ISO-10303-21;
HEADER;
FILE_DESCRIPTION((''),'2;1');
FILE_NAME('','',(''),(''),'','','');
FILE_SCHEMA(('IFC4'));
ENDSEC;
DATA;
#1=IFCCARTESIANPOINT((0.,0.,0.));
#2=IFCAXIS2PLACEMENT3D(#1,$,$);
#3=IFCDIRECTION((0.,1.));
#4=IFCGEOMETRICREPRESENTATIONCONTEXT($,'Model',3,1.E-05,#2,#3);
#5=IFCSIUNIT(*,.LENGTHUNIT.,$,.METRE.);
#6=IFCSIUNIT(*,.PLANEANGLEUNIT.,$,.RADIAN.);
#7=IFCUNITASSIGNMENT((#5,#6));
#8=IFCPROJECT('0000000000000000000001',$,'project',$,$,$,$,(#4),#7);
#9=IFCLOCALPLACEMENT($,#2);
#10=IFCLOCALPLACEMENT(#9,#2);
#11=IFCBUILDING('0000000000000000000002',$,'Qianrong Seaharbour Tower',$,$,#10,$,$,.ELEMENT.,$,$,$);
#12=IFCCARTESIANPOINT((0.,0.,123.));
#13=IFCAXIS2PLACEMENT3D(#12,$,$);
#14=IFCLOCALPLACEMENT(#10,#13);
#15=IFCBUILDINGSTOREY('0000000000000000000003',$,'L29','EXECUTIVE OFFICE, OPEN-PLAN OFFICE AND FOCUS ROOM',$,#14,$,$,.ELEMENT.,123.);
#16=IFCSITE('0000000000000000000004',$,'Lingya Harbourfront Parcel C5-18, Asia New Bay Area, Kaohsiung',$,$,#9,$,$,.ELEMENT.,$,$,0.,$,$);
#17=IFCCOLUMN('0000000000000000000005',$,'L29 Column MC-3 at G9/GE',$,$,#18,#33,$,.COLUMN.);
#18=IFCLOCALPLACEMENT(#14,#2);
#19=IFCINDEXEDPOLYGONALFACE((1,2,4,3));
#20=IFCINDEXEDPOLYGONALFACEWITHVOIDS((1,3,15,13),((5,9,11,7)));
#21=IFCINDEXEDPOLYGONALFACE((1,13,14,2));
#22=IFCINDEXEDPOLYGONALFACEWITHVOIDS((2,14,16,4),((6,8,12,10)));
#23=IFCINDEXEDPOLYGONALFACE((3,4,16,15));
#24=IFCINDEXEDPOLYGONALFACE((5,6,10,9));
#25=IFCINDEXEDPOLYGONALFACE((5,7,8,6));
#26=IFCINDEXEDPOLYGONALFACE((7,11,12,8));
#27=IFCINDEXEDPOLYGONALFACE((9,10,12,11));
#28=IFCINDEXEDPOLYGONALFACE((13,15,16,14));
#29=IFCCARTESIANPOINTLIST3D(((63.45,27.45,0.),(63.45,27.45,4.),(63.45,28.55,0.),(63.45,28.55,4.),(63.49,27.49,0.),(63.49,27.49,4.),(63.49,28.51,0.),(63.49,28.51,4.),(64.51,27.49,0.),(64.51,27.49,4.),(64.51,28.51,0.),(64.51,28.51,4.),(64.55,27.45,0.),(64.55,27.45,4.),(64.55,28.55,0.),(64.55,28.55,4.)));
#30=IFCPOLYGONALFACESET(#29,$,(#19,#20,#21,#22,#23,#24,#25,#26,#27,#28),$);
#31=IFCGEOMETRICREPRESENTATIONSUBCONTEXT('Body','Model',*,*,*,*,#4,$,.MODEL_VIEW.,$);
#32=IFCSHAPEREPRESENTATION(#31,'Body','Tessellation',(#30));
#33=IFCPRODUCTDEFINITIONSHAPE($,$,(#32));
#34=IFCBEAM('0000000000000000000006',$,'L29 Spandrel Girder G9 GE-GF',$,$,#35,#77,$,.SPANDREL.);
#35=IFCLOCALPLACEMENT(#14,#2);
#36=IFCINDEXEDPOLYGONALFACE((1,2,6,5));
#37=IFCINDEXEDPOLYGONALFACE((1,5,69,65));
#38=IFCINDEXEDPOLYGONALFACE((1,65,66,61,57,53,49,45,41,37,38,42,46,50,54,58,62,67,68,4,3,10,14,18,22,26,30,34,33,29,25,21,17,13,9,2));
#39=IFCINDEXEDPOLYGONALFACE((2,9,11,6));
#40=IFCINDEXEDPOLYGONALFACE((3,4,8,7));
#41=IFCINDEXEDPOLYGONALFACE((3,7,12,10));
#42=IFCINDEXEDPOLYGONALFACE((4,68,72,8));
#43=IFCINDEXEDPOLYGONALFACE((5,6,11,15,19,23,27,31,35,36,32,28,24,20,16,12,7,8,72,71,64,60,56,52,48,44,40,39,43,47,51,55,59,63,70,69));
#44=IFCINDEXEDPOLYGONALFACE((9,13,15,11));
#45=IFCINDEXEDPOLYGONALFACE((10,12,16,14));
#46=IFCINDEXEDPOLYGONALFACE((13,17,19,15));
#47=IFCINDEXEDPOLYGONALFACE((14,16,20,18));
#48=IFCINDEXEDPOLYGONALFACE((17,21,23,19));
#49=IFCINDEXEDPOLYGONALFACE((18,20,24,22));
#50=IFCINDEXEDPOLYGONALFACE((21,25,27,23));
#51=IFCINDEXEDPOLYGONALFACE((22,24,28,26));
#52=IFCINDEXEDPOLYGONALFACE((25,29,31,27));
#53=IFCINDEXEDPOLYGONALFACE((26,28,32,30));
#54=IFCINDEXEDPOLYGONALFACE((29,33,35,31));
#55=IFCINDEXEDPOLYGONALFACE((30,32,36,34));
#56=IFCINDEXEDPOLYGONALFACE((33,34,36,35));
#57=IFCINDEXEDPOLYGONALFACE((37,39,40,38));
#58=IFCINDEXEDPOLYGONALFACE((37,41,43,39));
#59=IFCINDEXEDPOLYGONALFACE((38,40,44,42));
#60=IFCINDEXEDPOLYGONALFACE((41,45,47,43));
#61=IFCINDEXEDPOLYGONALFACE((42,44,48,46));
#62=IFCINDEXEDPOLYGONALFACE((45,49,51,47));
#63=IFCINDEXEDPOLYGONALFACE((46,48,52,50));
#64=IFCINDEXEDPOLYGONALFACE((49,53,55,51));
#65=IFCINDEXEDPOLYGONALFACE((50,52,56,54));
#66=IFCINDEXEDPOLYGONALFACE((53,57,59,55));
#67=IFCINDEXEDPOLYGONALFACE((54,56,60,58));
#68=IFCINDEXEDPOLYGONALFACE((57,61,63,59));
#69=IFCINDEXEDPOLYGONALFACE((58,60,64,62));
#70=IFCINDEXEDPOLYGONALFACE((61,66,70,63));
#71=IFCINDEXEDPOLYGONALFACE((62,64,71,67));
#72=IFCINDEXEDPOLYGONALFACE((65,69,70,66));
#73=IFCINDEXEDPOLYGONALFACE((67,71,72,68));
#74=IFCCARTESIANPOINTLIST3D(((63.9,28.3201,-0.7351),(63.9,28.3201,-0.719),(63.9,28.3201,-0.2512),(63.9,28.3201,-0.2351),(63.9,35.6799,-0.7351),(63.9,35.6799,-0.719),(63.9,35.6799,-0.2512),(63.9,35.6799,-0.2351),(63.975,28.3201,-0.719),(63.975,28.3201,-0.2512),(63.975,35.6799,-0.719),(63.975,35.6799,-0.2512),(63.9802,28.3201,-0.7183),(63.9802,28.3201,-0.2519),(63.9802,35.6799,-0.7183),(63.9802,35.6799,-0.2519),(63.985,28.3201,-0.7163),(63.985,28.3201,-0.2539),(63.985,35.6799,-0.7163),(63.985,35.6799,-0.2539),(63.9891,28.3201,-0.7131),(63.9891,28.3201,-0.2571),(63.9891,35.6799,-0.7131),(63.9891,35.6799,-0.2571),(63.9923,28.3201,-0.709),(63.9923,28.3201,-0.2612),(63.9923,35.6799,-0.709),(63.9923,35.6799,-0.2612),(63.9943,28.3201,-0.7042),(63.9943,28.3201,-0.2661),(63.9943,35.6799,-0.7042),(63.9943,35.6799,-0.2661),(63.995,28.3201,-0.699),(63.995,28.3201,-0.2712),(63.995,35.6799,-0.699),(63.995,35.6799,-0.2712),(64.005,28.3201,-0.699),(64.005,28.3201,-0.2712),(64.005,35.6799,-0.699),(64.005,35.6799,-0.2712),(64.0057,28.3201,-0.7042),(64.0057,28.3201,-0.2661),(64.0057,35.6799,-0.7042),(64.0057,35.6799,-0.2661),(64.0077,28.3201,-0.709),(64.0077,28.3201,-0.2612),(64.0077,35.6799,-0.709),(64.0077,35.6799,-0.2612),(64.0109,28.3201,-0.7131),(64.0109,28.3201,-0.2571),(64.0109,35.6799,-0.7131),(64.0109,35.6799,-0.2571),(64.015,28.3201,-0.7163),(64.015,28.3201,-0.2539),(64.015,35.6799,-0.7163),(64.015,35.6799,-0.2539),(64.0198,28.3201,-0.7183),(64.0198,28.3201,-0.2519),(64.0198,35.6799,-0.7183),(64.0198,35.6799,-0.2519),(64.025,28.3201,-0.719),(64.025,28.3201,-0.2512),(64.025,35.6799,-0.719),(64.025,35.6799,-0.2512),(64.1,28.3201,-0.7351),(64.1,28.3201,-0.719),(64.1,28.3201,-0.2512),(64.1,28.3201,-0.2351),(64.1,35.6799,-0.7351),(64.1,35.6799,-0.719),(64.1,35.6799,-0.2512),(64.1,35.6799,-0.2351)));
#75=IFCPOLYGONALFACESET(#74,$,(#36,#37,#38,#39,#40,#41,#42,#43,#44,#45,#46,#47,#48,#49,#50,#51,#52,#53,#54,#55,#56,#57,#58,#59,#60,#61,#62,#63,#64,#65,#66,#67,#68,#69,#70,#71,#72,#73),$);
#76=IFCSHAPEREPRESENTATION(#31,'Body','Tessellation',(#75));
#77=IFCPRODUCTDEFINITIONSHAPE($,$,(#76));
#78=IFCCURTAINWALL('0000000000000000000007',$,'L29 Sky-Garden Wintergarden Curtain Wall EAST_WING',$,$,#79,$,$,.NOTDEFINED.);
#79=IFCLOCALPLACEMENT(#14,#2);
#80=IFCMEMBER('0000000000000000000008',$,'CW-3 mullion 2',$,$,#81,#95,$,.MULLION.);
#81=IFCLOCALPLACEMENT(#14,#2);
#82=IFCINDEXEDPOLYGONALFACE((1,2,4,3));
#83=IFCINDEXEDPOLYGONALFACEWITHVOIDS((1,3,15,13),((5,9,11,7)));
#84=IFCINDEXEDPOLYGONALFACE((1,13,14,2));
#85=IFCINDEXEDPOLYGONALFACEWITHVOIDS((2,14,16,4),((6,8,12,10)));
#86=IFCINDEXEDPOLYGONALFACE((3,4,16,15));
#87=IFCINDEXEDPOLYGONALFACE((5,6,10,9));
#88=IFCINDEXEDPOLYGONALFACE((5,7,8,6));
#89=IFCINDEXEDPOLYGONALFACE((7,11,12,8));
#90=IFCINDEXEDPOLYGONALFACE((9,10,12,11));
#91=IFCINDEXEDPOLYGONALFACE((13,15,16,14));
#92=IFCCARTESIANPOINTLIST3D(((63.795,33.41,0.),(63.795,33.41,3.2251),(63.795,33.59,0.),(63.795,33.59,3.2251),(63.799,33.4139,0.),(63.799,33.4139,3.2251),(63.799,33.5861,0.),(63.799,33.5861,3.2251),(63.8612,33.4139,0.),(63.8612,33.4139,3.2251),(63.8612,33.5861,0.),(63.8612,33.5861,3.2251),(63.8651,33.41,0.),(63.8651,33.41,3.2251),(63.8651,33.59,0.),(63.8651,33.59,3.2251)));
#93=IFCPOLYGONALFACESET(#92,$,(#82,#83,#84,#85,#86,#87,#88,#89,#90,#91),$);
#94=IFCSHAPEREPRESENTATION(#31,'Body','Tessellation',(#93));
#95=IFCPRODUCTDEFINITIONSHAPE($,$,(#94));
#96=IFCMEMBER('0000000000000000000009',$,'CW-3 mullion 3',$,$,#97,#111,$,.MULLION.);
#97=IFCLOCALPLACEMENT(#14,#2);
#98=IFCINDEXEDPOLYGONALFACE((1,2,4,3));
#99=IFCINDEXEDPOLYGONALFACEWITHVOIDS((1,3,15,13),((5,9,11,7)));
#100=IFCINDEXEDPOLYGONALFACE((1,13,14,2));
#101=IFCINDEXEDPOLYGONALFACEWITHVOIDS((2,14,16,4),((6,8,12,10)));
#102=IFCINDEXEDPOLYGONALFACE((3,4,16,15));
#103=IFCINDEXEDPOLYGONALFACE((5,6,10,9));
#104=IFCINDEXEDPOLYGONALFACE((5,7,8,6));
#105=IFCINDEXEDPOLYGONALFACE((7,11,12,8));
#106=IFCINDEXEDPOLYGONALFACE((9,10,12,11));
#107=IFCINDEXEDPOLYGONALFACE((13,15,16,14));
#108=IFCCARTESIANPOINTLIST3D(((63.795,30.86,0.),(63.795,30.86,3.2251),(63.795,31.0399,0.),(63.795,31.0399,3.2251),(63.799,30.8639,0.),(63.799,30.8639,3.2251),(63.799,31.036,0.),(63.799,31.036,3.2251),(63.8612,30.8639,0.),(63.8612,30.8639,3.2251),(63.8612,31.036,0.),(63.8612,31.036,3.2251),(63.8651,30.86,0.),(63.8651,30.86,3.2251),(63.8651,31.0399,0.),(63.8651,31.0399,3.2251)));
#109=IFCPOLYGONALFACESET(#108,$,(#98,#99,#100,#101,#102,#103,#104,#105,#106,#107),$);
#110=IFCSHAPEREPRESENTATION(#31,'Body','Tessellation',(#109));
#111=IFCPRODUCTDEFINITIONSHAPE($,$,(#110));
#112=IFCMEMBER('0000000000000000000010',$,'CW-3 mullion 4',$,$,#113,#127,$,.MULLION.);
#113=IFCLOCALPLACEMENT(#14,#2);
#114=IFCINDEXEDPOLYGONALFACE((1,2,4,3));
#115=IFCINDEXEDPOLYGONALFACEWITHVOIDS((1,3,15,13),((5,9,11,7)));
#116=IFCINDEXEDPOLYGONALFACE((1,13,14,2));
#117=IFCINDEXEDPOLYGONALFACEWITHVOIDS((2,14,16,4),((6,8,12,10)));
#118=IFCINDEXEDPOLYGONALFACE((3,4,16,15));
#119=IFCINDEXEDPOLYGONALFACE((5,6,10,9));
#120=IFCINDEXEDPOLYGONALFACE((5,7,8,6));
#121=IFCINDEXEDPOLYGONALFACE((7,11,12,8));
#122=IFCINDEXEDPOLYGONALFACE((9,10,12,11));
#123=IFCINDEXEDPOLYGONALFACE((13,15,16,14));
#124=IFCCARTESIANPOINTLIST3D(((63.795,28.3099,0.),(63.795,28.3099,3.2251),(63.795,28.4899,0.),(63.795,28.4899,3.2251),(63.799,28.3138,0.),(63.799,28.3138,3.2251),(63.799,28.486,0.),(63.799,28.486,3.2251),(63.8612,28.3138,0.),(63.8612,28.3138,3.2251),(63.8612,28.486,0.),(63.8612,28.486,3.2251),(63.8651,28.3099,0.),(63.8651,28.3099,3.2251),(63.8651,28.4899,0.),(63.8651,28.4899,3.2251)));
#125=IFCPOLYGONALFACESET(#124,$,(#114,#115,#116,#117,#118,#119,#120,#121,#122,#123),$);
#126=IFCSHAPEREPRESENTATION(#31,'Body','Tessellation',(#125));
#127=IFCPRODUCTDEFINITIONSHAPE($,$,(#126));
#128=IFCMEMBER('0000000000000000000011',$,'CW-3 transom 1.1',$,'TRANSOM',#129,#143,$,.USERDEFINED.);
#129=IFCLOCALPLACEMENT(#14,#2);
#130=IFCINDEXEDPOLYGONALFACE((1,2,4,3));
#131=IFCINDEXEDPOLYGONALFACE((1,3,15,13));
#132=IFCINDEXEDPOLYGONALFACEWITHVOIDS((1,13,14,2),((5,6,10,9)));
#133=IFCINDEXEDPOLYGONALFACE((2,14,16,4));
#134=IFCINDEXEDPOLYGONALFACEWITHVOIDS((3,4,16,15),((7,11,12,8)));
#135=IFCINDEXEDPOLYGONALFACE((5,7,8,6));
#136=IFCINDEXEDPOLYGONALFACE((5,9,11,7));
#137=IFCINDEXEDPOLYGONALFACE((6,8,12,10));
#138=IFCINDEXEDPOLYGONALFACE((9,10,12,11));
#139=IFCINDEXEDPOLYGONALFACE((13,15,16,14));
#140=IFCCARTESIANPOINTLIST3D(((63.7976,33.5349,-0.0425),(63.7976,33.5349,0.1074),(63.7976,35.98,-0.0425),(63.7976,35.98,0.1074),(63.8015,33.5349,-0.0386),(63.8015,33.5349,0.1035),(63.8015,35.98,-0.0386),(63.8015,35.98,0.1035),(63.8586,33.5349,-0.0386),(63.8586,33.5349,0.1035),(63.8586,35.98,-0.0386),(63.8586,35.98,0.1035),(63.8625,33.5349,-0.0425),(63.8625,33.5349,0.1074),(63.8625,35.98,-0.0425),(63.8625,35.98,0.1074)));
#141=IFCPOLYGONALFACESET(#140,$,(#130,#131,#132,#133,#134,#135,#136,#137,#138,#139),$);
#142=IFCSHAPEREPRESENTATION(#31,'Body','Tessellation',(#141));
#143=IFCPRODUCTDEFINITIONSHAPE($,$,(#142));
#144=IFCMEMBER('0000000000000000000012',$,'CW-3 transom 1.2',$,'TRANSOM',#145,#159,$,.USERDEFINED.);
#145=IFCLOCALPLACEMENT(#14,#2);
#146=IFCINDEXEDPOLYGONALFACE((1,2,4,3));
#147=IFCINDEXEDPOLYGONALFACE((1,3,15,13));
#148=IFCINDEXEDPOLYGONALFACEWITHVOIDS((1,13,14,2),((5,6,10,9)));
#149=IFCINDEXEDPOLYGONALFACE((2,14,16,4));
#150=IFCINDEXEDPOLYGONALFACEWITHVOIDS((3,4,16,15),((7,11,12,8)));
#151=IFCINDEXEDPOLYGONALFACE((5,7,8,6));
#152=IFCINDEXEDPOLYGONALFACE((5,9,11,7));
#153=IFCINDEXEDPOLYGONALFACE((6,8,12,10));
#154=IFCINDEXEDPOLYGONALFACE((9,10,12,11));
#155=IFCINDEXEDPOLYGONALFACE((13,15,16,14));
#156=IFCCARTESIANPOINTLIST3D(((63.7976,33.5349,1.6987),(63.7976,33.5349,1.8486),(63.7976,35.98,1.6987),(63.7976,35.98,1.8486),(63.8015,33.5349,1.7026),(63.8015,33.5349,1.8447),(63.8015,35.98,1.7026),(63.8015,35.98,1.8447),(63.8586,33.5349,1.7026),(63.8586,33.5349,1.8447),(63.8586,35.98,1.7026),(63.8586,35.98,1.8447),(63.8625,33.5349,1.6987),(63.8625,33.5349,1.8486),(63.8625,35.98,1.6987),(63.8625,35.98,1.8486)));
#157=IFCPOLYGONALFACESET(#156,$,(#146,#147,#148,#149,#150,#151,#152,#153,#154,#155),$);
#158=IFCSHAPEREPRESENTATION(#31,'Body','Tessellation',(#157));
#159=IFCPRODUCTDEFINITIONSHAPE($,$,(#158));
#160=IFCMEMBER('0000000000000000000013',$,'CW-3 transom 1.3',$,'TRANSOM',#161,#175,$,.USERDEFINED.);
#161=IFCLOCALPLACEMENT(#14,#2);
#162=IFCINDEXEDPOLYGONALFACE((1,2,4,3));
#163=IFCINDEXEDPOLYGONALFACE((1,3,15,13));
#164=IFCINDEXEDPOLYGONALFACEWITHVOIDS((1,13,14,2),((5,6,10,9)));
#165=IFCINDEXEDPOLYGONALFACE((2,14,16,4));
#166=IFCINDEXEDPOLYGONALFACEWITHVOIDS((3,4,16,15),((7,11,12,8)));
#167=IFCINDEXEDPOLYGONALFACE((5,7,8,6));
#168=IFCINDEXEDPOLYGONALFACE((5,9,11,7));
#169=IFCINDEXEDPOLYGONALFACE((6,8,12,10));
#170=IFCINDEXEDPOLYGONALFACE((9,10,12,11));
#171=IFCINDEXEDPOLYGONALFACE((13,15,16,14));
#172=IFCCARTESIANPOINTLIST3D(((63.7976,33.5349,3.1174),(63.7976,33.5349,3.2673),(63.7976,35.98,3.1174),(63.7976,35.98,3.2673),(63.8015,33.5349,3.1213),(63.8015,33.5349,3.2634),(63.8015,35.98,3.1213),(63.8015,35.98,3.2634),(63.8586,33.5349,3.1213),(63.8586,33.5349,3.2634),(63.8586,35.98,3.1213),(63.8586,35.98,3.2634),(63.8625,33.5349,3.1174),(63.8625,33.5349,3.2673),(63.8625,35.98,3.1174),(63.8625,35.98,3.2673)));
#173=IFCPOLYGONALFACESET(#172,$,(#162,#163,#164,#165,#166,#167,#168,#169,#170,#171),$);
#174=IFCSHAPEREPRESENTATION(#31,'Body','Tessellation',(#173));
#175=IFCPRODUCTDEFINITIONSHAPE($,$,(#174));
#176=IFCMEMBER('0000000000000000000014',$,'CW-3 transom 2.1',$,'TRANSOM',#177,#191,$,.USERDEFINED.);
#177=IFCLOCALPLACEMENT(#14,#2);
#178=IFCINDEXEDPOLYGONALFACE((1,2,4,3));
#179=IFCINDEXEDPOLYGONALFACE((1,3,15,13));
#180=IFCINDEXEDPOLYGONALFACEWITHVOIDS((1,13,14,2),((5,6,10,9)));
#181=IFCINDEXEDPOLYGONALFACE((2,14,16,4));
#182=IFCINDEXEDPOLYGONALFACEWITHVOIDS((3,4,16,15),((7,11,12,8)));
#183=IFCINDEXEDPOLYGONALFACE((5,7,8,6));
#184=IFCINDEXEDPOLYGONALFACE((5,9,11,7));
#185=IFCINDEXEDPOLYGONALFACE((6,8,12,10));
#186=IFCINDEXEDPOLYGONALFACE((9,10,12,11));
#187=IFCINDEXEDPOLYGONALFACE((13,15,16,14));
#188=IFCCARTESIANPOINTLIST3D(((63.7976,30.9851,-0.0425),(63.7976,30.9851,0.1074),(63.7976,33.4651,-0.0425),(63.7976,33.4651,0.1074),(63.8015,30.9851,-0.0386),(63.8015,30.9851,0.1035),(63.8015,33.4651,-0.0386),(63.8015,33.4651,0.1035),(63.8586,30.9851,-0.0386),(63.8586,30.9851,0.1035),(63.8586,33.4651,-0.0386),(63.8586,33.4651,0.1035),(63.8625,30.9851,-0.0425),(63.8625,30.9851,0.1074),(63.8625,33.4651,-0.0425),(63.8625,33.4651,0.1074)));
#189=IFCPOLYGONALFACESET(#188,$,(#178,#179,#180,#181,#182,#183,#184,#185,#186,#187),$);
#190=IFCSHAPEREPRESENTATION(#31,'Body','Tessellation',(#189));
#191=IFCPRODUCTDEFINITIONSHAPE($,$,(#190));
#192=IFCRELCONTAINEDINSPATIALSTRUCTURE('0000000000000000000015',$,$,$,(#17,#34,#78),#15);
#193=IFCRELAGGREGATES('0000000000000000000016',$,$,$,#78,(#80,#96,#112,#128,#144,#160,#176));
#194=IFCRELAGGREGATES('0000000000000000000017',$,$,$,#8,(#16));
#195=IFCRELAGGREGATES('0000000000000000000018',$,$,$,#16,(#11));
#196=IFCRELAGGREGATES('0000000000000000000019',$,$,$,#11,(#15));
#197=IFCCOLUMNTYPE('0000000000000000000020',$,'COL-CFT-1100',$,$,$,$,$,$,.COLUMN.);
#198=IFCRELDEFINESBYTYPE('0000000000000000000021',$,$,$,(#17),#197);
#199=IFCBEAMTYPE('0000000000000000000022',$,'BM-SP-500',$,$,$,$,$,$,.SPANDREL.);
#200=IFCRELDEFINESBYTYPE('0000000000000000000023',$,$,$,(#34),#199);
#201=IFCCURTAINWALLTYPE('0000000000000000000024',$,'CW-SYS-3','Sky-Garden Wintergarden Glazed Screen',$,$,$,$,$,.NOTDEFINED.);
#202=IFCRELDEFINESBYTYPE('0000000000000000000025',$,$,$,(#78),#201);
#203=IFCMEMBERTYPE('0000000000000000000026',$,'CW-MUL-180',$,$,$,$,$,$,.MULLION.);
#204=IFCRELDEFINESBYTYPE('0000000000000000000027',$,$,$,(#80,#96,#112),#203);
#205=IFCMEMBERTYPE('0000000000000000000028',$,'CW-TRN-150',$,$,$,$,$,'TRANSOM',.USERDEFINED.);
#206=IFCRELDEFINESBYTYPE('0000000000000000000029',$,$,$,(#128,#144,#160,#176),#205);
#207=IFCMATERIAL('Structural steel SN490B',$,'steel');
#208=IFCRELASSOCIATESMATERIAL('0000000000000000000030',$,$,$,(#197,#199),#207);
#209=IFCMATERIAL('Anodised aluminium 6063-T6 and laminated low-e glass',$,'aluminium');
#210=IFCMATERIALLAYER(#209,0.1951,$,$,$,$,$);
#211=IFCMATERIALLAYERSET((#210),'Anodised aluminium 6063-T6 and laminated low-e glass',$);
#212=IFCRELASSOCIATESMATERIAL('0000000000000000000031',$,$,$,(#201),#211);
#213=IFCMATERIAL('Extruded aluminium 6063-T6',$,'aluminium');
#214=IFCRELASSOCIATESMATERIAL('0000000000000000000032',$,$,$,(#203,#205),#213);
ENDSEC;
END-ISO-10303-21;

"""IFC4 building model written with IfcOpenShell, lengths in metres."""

from ifc_helpers import new_model, si_unit, direction, frame, origin, origin_2d, place, context, subcontext, project, spatial, hollow_rectangle, i_section, extrude, material, layer, layer_set, material_profile, profile_set, type_object, element, aggregate, save


model = new_model("IFC4")

# Units and contexts
model_context = context("Model", 3, precision=1e-05, world=origin(), true_north=direction((0.0, 1.0)))
body_context = subcontext(model_context, "Body", "Model", "MODEL_VIEW")
ifc_project = project(units=[si_unit("LENGTHUNIT", "METRE"), si_unit("PLANEANGLEUNIT", "RADIAN")], contexts=[model_context])

# Site, building, storey
site_placement = place(None, origin())
site = spatial("IfcSite", under=ifc_project, at=site_placement, Name="Lingya Harbourfront Parcel C5-18, Asia New Bay Area, Kaohsiung", CompositionType="ELEMENT", RefElevation=0.0)
building_placement = place(site_placement, origin())
building = spatial("IfcBuilding", under=site, at=building_placement, Name="Qianrong Seaharbour Tower", CompositionType="ELEMENT")
storey_placement = place(building_placement, frame((0.0, 0.0, 123.0)))
storey = spatial("IfcBuildingStorey", under=building, at=storey_placement, Name="L29", Description="EXECUTIVE OFFICE, OPEN-PLAN OFFICE AND FOCUS ROOM", CompositionType="ELEMENT", Elevation=123.0)

# Column
ifc_material_1 = material(Name="Structural steel SN490B", Category="steel")
ifc_material_profile_1 = material_profile(ifc_material_1, hollow_rectangle(XDim=1.1001, YDim=1.1001, WallThickness=0.04, at=origin_2d()), Name="BOX1100x1100x40")
ifc_profile_set_1 = profile_set([ifc_material_profile_1], Name="Structural steel SN490B")
column_type = type_object("IfcColumnType", Name="COL-CFT-1100", PredefinedType="COLUMN", material=ifc_profile_set_1)
column_placement = place(storey_placement, frame((64.0, 28.0, 0.0), z_axis=(0.0, 0.0, 1.0), x_axis=(1.0, 0.0, 0.0)))
element("IfcColumn", 1, at=column_placement, inside=storey, type_object=column_type, Name="L29 Column MC-3 at G9/GE", PredefinedType="COLUMN", context=body_context, shape_type="SweptSolid", body=[
    extrude(hollow_rectangle(XDim=1.1001, YDim=1.1001, WallThickness=0.04, at=origin_2d()), origin(), (0.0, 0.0, 1.0), 4.0),
])

# Beam
ifc_material_profile_2 = material_profile(ifc_material_1, i_section(OverallWidth=0.2, OverallDepth=0.5, WebThickness=0.01, FlangeThickness=0.0161, FilletRadius=0.02, at=origin_2d()), Name="H500x200x10x16")
ifc_profile_set_2 = profile_set([ifc_material_profile_2], Name="Structural steel SN490B")
beam_type = type_object("IfcBeamType", Name="BM-SP-500", PredefinedType="SPANDREL", material=ifc_profile_set_2)
beam_placement = place(storey_placement, frame((64.0, 28.3201, -0.4851), z_axis=(0.0, 1.0, 0.0), x_axis=(-1.0, 0.0, 0.0)))
element("IfcBeam", 2, at=beam_placement, inside=storey, type_object=beam_type, Name="L29 Spandrel Girder G9 GE-GF", PredefinedType="SPANDREL", context=body_context, shape_type="SweptSolid", body=[
    extrude(i_section(OverallWidth=0.2, OverallDepth=0.5, WebThickness=0.01, FlangeThickness=0.0161, FilletRadius=0.02, at=origin_2d()), origin(), (0.0, 0.0, 1.0), 7.3599),
])

# Curtain wall, members
ifc_material_2 = material(Name="Anodised aluminium 6063-T6 and laminated low-e glass", Category="aluminium")
ifc_layer_1 = layer(ifc_material_2, 0.1951)
ifc_layer_set_1 = layer_set([ifc_layer_1], Name="Anodised aluminium 6063-T6 and laminated low-e glass")
curtain_wall_type = type_object("IfcCurtainWallType", Name="CW-SYS-3", Description="Sky-Garden Wintergarden Glazed Screen", PredefinedType="NOTDEFINED", material=ifc_layer_set_1)
curtain_wall_placement = place(storey_placement, origin())
curtain_wall = element("IfcCurtainWall", 3, at=curtain_wall_placement, inside=storey, type_object=curtain_wall_type, Name="L29 Sky-Garden Wintergarden Curtain Wall EAST_WING", PredefinedType="NOTDEFINED")
ifc_material_3 = material(Name="Extruded aluminium 6063-T6", Category="aluminium")
ifc_material_profile_3 = material_profile(ifc_material_3, hollow_rectangle(XDim=0.0701, YDim=0.1799, WallThickness=0.0039, at=origin_2d()), Name="ALU-MUL-180x70x4")
ifc_profile_set_3 = profile_set([ifc_material_profile_3], Name="Extruded aluminium 6063-T6")
member_type_1 = type_object("IfcMemberType", Name="CW-MUL-180", PredefinedType="MULLION", material=ifc_profile_set_3)
member_1_placement = place(storey_placement, frame((63.8301, 33.5, 0.0), z_axis=(0.0, 0.0, 1.0), x_axis=(1.0, 0.0, 0.0)))
member_1 = element("IfcMember", 4, at=member_1_placement, type_object=member_type_1, Name="CW-3 mullion 2", PredefinedType="MULLION", context=body_context, shape_type="SweptSolid", body=[
    extrude(hollow_rectangle(XDim=0.0701, YDim=0.1799, WallThickness=0.0039, at=origin_2d()), origin(), (0.0, 0.0, 1.0), 3.2251),
])
member_2_placement = place(storey_placement, frame((63.8301, 30.95, 0.0), z_axis=(0.0, 0.0, 1.0), x_axis=(1.0, 0.0, 0.0)))
member_2 = element("IfcMember", 5, at=member_2_placement, type_object=member_type_1, Name="CW-3 mullion 3", PredefinedType="MULLION", context=body_context, shape_type="SweptSolid", body=[
    extrude(hollow_rectangle(XDim=0.0701, YDim=0.1799, WallThickness=0.0039, at=origin_2d()), origin(), (0.0, 0.0, 1.0), 3.2251),
])
member_3_placement = place(storey_placement, frame((63.8301, 28.3999, 0.0), z_axis=(0.0, 0.0, 1.0), x_axis=(1.0, 0.0, 0.0)))
member_3 = element("IfcMember", 6, at=member_3_placement, type_object=member_type_1, Name="CW-3 mullion 4", PredefinedType="MULLION", context=body_context, shape_type="SweptSolid", body=[
    extrude(hollow_rectangle(XDim=0.0701, YDim=0.1799, WallThickness=0.0039, at=origin_2d()), origin(), (0.0, 0.0, 1.0), 3.2251),
])
ifc_material_profile_4 = material_profile(ifc_material_3, hollow_rectangle(XDim=0.0649, YDim=0.1499, WallThickness=0.0039, at=origin_2d()), Name="ALU-TRN-150x65x4")
ifc_profile_set_4 = profile_set([ifc_material_profile_4], Name="Extruded aluminium 6063-T6")
member_type_2 = type_object("IfcMemberType", Name="CW-TRN-150", ElementType="TRANSOM", PredefinedType="USERDEFINED", material=ifc_profile_set_4)
member_4_placement = place(storey_placement, frame((63.8301, 35.98, 0.0325), z_axis=(0.0, -1.0, 0.0), x_axis=(1.0, 0.0, 0.0)))
member_4 = element("IfcMember", 7, at=member_4_placement, type_object=member_type_2, Name="CW-3 transom 1.1", ObjectType="TRANSOM", PredefinedType="USERDEFINED", context=body_context, shape_type="SweptSolid", body=[
    extrude(hollow_rectangle(XDim=0.0649, YDim=0.1499, WallThickness=0.0039, at=origin_2d()), origin(), (0.0, 0.0, 1.0), 2.4451),
])
member_5_placement = place(storey_placement, frame((63.8301, 35.98, 1.7737), z_axis=(0.0, -1.0, 0.0), x_axis=(1.0, 0.0, 0.0)))
member_5 = element("IfcMember", 8, at=member_5_placement, type_object=member_type_2, Name="CW-3 transom 1.2", ObjectType="TRANSOM", PredefinedType="USERDEFINED", context=body_context, shape_type="SweptSolid", body=[
    extrude(hollow_rectangle(XDim=0.0649, YDim=0.1499, WallThickness=0.0039, at=origin_2d()), origin(), (0.0, 0.0, 1.0), 2.4451),
])
member_6_placement = place(storey_placement, frame((63.8301, 35.98, 3.1924), z_axis=(0.0, -1.0, 0.0), x_axis=(1.0, 0.0, 0.0)))
member_6 = element("IfcMember", 9, at=member_6_placement, type_object=member_type_2, Name="CW-3 transom 1.3", ObjectType="TRANSOM", PredefinedType="USERDEFINED", context=body_context, shape_type="SweptSolid", body=[
    extrude(hollow_rectangle(XDim=0.0649, YDim=0.1499, WallThickness=0.0039, at=origin_2d()), origin(), (0.0, 0.0, 1.0), 2.4451),
])
member_7_placement = place(storey_placement, frame((63.8301, 33.4651, 0.0325), z_axis=(0.0, -1.0, 0.0), x_axis=(1.0, 0.0, 0.0)))
member_7 = element("IfcMember", 10, at=member_7_placement, type_object=member_type_2, Name="CW-3 transom 2.1", ObjectType="TRANSOM", PredefinedType="USERDEFINED", context=body_context, shape_type="SweptSolid", body=[
    extrude(hollow_rectangle(XDim=0.0649, YDim=0.1499, WallThickness=0.0039, at=origin_2d()), origin(), (0.0, 0.0, 1.0), 2.48),
])
aggregate(curtain_wall, [member_1, member_2, member_3, member_4, member_5, member_6, member_7])

save(model, "model.ifc")
